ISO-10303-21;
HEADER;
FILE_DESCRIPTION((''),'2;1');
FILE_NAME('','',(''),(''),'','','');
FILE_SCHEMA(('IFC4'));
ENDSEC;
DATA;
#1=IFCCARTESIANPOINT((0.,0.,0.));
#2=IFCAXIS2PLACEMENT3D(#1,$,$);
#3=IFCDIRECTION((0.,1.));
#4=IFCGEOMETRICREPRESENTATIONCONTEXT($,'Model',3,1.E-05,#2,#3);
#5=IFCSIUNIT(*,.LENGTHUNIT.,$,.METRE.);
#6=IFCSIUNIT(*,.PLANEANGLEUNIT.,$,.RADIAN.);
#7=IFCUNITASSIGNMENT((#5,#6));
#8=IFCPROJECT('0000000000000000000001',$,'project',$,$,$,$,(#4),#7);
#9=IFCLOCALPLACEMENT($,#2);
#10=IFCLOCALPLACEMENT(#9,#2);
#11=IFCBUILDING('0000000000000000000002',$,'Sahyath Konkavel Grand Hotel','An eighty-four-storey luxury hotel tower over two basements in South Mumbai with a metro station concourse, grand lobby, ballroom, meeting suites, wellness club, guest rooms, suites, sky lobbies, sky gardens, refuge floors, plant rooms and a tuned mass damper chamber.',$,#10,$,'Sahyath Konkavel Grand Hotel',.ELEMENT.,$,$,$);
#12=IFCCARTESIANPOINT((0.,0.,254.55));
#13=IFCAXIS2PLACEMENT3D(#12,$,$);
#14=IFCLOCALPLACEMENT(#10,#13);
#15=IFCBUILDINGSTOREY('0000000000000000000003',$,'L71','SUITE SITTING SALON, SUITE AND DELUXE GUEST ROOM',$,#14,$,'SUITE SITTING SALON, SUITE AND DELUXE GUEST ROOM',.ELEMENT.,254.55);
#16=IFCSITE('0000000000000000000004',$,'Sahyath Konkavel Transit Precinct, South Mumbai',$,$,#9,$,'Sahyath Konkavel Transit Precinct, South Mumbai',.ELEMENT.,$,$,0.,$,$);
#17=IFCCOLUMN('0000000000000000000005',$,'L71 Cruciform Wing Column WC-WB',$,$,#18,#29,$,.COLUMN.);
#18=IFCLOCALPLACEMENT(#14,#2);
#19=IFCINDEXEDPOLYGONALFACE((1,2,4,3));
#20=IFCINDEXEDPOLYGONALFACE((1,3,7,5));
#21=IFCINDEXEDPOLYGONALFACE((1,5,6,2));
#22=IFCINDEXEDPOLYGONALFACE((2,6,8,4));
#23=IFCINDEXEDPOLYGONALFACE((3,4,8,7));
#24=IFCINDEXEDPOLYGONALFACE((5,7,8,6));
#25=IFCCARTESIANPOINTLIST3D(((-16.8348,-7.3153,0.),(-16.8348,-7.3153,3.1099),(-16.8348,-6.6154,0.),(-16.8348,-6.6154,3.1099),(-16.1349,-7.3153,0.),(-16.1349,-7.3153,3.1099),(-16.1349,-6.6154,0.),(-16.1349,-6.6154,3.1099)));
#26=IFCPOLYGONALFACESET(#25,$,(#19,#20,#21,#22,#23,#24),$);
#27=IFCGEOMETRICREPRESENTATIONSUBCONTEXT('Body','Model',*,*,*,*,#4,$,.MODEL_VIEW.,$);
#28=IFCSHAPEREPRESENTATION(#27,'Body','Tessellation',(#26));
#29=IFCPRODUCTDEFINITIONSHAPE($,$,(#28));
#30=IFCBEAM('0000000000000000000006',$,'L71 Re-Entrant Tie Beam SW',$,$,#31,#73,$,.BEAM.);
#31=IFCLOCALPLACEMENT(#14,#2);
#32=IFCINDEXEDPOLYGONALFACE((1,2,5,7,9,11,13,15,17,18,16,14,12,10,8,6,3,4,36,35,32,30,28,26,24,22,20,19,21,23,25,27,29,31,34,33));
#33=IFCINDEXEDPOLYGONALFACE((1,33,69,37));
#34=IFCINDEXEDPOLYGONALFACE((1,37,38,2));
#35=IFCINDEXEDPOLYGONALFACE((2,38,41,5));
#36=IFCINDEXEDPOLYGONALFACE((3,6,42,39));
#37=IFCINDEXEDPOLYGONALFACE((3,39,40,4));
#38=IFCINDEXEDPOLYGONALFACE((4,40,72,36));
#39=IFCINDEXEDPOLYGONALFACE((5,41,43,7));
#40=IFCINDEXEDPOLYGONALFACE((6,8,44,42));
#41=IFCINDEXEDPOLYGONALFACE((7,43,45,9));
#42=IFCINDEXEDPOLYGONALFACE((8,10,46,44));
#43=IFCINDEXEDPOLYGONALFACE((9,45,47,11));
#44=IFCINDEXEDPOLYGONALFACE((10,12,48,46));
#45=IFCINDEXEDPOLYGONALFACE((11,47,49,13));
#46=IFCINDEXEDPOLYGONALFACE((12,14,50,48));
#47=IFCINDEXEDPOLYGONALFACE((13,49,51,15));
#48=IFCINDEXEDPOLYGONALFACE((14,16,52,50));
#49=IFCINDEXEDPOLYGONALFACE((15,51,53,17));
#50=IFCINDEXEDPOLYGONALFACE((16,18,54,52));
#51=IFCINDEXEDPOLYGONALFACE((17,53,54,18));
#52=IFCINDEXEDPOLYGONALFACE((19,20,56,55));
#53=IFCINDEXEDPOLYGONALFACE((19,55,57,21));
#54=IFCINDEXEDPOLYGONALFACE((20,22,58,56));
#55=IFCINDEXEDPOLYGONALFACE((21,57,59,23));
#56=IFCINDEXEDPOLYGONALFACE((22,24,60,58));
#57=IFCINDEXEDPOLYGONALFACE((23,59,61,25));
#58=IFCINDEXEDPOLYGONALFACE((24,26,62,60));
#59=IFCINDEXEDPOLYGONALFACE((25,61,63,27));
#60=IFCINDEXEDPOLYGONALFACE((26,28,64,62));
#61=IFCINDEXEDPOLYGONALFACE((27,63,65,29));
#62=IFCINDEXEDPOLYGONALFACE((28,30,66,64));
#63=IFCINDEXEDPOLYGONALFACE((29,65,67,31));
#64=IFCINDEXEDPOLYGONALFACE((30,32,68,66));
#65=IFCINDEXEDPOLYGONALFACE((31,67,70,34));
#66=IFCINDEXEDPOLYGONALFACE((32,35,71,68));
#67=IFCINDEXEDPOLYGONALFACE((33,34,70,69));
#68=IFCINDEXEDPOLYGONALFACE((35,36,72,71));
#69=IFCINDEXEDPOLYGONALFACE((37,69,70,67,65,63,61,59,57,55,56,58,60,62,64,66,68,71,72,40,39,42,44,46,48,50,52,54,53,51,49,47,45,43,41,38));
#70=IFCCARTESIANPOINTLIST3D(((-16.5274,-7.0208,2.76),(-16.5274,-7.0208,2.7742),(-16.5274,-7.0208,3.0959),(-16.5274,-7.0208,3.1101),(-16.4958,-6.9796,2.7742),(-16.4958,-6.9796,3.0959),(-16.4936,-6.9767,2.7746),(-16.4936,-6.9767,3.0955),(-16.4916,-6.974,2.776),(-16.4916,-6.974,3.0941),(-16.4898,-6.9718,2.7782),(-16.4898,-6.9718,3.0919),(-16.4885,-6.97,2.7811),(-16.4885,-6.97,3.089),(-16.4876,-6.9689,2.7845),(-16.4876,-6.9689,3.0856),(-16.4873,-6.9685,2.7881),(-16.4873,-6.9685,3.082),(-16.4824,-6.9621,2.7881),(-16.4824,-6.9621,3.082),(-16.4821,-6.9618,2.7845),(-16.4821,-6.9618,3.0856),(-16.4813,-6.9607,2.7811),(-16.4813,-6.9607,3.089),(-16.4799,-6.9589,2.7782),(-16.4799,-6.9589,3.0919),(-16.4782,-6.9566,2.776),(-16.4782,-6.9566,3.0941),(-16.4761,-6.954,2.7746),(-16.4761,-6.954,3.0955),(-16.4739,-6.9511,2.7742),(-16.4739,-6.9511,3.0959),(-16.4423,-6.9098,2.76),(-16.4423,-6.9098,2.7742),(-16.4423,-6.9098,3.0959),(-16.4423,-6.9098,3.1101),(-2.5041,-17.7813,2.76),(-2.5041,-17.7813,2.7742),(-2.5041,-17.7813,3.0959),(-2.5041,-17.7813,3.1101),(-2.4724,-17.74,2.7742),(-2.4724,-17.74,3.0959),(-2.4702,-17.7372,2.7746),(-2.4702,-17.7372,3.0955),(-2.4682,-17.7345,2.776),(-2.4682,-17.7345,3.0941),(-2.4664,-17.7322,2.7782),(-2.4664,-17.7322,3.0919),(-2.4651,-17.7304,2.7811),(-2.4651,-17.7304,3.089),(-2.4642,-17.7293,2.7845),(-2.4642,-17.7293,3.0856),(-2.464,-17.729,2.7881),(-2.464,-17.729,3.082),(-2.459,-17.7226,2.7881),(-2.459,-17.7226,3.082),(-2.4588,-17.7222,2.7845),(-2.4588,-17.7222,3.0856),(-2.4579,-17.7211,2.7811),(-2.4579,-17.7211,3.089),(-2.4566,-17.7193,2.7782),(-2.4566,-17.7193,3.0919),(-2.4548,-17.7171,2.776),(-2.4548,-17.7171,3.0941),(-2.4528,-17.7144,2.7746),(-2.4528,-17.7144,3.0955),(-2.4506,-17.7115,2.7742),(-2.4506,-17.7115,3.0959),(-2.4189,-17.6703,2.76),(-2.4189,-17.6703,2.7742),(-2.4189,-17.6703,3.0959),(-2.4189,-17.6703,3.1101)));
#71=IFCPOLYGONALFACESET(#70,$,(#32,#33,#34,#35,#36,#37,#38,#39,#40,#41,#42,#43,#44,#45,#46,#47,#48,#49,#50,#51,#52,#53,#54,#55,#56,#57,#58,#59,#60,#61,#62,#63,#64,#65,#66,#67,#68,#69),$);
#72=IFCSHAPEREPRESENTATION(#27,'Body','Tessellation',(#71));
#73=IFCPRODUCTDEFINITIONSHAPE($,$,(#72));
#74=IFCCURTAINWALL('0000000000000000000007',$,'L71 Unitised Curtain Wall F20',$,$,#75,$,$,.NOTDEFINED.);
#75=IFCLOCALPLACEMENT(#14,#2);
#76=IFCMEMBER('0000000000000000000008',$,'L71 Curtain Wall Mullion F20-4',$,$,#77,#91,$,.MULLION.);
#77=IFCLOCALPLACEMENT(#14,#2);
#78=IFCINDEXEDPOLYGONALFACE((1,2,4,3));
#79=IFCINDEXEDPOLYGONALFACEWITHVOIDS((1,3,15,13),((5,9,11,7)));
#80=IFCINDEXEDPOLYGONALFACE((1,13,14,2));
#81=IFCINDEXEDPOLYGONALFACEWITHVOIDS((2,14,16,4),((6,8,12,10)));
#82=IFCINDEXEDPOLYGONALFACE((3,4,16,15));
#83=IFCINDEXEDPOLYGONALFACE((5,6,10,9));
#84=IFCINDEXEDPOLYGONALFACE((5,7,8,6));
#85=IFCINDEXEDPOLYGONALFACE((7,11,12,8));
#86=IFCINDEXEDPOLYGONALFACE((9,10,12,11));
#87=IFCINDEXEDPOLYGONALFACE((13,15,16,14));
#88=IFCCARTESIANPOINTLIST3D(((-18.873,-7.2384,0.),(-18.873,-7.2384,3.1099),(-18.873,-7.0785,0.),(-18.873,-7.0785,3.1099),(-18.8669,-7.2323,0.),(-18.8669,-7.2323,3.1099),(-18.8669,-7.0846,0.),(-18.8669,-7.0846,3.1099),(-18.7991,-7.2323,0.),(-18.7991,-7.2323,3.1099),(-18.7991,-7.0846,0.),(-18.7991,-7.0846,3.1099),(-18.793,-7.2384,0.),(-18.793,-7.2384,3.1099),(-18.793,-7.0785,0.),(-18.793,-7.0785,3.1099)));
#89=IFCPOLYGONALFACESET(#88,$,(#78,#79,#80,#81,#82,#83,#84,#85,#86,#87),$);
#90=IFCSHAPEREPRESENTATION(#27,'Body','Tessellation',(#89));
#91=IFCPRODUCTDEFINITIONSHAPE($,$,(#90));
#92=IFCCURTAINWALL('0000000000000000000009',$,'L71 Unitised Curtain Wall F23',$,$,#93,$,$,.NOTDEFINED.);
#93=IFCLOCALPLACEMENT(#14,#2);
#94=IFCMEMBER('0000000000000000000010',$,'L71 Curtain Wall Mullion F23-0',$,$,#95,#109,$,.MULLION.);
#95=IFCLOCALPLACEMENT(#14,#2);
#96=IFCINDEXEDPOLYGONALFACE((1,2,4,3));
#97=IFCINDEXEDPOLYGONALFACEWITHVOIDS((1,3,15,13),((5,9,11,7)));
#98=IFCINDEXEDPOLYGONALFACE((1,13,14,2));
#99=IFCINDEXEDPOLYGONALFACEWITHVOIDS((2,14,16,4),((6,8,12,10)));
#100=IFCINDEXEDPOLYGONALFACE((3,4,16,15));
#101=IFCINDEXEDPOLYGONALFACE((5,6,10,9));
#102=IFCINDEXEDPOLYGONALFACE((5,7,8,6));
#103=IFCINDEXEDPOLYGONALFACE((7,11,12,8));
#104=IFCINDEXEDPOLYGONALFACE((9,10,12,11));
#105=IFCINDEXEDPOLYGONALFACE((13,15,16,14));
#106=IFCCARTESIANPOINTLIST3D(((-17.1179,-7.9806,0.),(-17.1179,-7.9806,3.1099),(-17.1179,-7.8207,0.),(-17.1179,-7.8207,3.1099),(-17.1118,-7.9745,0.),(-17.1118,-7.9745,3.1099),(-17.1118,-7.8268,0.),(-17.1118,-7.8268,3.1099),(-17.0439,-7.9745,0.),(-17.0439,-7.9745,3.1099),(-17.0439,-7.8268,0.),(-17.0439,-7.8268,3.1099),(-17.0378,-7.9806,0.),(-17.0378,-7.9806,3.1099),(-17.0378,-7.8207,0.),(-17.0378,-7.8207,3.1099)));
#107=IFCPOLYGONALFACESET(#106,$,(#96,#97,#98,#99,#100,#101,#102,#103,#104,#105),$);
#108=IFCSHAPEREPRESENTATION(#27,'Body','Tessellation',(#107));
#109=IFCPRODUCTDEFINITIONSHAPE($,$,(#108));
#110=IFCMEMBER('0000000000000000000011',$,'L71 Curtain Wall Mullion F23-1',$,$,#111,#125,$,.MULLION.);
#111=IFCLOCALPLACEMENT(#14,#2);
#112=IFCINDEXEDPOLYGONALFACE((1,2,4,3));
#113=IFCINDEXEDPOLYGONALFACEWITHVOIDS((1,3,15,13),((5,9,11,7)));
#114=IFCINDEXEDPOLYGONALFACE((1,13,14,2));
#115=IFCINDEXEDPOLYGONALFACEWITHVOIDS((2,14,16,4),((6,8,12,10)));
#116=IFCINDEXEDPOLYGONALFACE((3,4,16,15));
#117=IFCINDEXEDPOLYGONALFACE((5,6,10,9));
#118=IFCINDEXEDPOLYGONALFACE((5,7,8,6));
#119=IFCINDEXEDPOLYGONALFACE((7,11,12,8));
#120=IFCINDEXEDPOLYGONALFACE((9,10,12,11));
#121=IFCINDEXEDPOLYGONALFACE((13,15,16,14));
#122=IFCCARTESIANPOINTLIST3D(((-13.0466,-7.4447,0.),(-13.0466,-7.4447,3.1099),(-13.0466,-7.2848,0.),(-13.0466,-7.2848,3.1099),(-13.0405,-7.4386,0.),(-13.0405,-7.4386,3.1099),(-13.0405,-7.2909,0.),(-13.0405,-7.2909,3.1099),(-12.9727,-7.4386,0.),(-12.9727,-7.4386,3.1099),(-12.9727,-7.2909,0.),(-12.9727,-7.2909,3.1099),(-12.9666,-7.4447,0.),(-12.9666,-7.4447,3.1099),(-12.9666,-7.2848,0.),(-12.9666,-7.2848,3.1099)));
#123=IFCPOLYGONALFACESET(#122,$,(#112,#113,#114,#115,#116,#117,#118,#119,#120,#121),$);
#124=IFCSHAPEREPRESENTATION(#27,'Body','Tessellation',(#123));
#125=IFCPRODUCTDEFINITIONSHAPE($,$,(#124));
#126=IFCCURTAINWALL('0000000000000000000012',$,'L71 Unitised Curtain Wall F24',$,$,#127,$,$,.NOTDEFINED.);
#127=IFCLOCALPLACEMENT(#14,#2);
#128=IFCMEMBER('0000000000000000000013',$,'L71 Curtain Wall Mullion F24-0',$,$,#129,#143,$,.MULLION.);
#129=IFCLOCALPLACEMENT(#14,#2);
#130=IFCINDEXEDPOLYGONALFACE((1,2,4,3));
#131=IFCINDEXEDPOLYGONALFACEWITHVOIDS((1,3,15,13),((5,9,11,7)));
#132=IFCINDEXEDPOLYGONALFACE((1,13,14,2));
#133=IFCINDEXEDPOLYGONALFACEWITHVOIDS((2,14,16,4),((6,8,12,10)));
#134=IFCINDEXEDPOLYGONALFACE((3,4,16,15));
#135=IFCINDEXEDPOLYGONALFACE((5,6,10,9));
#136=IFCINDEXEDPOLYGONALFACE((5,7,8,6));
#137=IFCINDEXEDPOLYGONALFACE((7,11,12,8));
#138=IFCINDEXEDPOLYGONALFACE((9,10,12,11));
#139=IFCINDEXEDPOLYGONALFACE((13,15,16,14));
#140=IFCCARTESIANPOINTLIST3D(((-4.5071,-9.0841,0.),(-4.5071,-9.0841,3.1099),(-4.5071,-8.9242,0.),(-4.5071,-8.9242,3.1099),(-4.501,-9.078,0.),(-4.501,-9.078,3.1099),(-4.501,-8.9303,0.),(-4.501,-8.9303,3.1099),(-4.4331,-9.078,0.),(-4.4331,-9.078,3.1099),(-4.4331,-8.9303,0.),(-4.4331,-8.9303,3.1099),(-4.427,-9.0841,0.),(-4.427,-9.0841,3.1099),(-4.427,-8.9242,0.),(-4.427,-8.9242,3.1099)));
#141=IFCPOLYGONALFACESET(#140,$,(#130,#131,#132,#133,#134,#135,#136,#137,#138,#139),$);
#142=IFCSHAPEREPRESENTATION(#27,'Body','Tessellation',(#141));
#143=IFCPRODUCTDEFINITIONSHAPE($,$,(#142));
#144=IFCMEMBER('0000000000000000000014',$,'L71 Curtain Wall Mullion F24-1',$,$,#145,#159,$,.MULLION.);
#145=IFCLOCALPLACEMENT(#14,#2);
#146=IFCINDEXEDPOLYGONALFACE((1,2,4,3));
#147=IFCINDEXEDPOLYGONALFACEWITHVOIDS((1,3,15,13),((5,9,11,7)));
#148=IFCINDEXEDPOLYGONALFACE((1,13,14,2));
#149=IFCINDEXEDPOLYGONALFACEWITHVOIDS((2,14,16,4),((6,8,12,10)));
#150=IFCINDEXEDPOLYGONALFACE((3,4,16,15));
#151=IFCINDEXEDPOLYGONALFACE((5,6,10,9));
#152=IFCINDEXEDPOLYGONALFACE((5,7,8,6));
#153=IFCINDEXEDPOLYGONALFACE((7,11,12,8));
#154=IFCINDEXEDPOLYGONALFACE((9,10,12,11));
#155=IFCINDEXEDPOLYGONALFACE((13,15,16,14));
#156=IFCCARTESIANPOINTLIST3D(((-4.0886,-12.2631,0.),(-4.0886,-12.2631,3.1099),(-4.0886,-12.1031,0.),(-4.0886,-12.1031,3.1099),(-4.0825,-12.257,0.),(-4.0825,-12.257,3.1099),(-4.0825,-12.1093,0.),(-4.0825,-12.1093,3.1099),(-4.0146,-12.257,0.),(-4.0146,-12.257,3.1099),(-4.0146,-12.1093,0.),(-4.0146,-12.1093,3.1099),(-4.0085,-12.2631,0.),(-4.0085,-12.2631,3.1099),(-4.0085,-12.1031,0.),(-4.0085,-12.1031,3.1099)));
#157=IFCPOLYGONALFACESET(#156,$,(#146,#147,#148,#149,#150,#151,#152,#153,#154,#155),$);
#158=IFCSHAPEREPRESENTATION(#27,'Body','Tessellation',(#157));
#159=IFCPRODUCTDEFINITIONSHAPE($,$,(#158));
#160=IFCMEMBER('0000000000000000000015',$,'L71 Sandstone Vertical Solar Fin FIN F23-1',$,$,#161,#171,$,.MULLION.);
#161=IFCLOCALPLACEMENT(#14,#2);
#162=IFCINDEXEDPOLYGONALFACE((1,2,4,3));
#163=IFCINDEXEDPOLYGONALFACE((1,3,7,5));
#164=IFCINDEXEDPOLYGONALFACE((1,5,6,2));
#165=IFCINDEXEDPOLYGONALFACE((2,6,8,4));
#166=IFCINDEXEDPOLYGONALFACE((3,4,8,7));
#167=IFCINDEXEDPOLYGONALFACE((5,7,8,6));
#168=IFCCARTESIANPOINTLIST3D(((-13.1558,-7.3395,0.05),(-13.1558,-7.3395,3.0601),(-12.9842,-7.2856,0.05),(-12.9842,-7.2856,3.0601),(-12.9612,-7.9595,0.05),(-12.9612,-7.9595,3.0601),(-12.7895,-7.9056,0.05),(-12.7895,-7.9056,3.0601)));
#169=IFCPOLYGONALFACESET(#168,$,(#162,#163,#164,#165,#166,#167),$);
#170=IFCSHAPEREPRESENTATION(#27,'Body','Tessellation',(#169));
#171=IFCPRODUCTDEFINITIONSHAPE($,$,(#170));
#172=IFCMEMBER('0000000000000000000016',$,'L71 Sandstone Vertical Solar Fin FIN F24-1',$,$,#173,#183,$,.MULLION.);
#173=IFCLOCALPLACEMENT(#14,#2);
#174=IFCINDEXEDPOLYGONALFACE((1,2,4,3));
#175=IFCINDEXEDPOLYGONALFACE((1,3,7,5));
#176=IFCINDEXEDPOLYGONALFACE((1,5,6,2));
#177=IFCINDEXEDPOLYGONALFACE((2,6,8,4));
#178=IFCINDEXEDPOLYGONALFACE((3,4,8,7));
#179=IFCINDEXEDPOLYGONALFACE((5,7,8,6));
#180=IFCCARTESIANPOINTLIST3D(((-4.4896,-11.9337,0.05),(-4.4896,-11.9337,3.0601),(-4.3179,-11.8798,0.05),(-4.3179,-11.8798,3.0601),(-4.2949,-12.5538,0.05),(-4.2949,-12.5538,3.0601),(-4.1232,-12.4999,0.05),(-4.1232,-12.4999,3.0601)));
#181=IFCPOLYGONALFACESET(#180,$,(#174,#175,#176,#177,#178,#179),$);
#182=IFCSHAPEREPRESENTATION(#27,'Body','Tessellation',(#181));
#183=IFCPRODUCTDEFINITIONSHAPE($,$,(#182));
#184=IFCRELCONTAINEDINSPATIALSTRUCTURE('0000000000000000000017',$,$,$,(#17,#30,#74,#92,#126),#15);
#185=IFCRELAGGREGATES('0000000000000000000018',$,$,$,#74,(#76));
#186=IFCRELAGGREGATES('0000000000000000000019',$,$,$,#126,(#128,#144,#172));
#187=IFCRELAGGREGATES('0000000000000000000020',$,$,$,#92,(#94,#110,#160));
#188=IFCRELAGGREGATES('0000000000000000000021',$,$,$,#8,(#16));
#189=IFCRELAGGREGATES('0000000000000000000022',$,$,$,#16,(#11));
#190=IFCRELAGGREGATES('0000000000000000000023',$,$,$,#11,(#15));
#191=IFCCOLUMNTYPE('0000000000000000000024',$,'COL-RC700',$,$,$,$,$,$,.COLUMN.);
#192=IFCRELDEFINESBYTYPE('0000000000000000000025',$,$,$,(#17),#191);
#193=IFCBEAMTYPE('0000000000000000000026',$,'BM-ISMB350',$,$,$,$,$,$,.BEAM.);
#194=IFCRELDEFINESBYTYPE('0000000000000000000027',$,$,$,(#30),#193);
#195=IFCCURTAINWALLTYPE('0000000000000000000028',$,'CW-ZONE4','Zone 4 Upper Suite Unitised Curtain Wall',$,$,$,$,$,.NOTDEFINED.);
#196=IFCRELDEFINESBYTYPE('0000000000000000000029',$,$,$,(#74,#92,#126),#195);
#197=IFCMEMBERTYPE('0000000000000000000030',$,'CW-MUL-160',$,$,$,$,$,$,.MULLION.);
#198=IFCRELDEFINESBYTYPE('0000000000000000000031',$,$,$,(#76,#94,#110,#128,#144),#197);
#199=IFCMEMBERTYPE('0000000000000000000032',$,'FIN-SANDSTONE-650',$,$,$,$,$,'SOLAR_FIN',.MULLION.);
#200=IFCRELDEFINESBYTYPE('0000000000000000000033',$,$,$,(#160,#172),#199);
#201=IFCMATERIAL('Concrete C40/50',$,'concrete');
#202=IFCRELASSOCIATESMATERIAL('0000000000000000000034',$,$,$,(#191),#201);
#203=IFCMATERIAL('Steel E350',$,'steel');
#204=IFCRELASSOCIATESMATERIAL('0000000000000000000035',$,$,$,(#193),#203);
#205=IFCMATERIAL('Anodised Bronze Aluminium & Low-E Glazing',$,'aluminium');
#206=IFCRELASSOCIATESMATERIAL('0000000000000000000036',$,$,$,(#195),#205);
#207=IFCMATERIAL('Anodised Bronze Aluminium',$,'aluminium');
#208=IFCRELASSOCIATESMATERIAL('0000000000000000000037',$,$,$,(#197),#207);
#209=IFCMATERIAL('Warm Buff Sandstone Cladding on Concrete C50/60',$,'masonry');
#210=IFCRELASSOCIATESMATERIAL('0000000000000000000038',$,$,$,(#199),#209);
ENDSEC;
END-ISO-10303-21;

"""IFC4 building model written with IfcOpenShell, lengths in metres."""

from ifc_helpers import new_model, si_unit, direction, frame, origin, origin_2d, place, context, subcontext, project, spatial, rectangle, hollow_rectangle, i_section, extrude, source, transform, mapped, material, material_profile, profile_set, type_object, element, aggregate, save


model = new_model("IFC4")

# Units and contexts
model_context = context("Model", 3, precision=1e-05, world=origin(), true_north=direction((0.0, 1.0)))
body_context = subcontext(model_context, "Body", "Model", "MODEL_VIEW")
ifc_project = project(units=[si_unit("LENGTHUNIT", "METRE"), si_unit("PLANEANGLEUNIT", "RADIAN")], contexts=[model_context])

# Site, building, storey
site_placement = place(None, origin())
site = spatial("IfcSite", under=ifc_project, at=site_placement, Name="Sahyath Konkavel Transit Precinct, South Mumbai", LongName="Sahyath Konkavel Transit Precinct, South Mumbai", CompositionType="ELEMENT", RefElevation=0.0)
building_placement = place(site_placement, origin())
building = spatial("IfcBuilding", under=site, at=building_placement, Name="Sahyath Konkavel Grand Hotel", Description="An eighty-four-storey luxury hotel tower over two basements in South Mumbai with a metro station concourse, grand lobby, ballroom, meeting suites, wellness club, guest rooms, suites, sky lobbies, sky gardens, refuge floors, plant rooms and a tuned mass damper chamber.", LongName="Sahyath Konkavel Grand Hotel", CompositionType="ELEMENT")
storey_placement = place(building_placement, frame((0.0, 0.0, 254.55)))
storey = spatial("IfcBuildingStorey", under=building, at=storey_placement, Name="L71", Description="SUITE SITTING SALON, SUITE AND DELUXE GUEST ROOM", LongName="SUITE SITTING SALON, SUITE AND DELUXE GUEST ROOM", CompositionType="ELEMENT", Elevation=254.55)

# Column
ifc_material_1 = material(Name="Concrete C40/50", Category="concrete")
ifc_material_profile_1 = material_profile(ifc_material_1, rectangle(XDim=0.7, YDim=0.7, at=origin_2d()), Name="RC 700x700")
ifc_profile_set_1 = profile_set([ifc_material_profile_1], Name="Concrete C40/50")
column_type = type_object("IfcColumnType", Name="COL-RC700", PredefinedType="COLUMN", material=ifc_profile_set_1)
shared_shape_1 = source(origin(), body_context, "Body", "SweptSolid", [
    extrude(rectangle(XDim=0.7, YDim=0.7, at=origin_2d()), origin(), (0.0, 0.0, 1.0), 3.1099),
])
column_placement = place(storey_placement, frame((-16.4849, -6.9653, 0.0), z_axis=(0.0, 0.0, 1.0), x_axis=(1.0, 0.0, 0.0)))
element("IfcColumn", 1, at=column_placement, inside=storey, type_object=column_type, Name="L71 Cruciform Wing Column WC-WB", PredefinedType="COLUMN", context=body_context, shape_type="MappedRepresentation", body=[
    mapped(shared_shape_1, transform((0.0, 0.0, 0.0), scale=1.0)),
])

# Beam
ifc_material_2 = material(Name="Steel E350", Category="steel")
ifc_material_profile_2 = material_profile(ifc_material_2, i_section(OverallWidth=0.1399, OverallDepth=0.3501, WebThickness=0.0081, FlangeThickness=0.0142, FilletRadius=0.0139, at=origin_2d()), Name="ISMB 350")
ifc_profile_set_2 = profile_set([ifc_material_profile_2], Name="Steel E350")
beam_type = type_object("IfcBeamType", Name="BM-ISMB350", PredefinedType="BEAM", material=ifc_profile_set_2)
shared_shape_2 = source(origin(), body_context, "Body", "SweptSolid", [
    extrude(i_section(OverallWidth=0.1399, OverallDepth=0.3501, WebThickness=0.0081, FlangeThickness=0.0142, FilletRadius=0.0139, at=origin_2d()), origin(), (0.0, 0.0, 1.0), 17.676),
])
beam_placement = place(storey_placement, frame((-16.4849, -6.9653, 2.9351), z_axis=(0.793355, -0.608759, 0.0), x_axis=(0.608759, 0.793355, 0.0)))
element("IfcBeam", 2, at=beam_placement, inside=storey, type_object=beam_type, Name="L71 Re-Entrant Tie Beam SW", PredefinedType="BEAM", context=body_context, shape_type="MappedRepresentation", body=[
    mapped(shared_shape_2, transform((0.0, 0.0, 0.0), scale=1.0)),
])

# Curtain wall, member
ifc_material_3 = material(Name="Anodised Bronze Aluminium & Low-E Glazing", Category="aluminium")
curtain_wall_type = type_object("IfcCurtainWallType", Name="CW-ZONE4", Description="Zone 4 Upper Suite Unitised Curtain Wall", PredefinedType="NOTDEFINED", material=ifc_material_3)
curtain_wall_1_placement = place(storey_placement, origin())
curtain_wall_1 = element("IfcCurtainWall", 3, at=curtain_wall_1_placement, inside=storey, type_object=curtain_wall_type, Name="L71 Unitised Curtain Wall F20", PredefinedType="NOTDEFINED")
ifc_material_4 = material(Name="Anodised Bronze Aluminium", Category="aluminium")
ifc_material_profile_3 = material_profile(ifc_material_4, hollow_rectangle(XDim=0.0801, YDim=0.1599, WallThickness=0.0061, at=origin_2d()), Name="RHS 160x80x6")
ifc_profile_set_3 = profile_set([ifc_material_profile_3], Name="Anodised Bronze Aluminium")
member_type_1 = type_object("IfcMemberType", Name="CW-MUL-160", PredefinedType="MULLION", material=ifc_profile_set_3)
shared_shape_3 = source(origin(), body_context, "Body", "SweptSolid", [
    extrude(hollow_rectangle(XDim=0.0801, YDim=0.1599, WallThickness=0.0061, at=origin_2d()), origin(), (0.0, 0.0, 1.0), 3.1099),
])
member_1_placement = place(storey_placement, frame((-18.833, -7.1584, 0.0), z_axis=(0.0, 0.0, 1.0), x_axis=(1.0, 0.0, 0.0)))
member_1 = element("IfcMember", 4, at=member_1_placement, type_object=member_type_1, Name="L71 Curtain Wall Mullion F20-4", PredefinedType="MULLION", context=body_context, shape_type="MappedRepresentation", body=[
    mapped(shared_shape_3, transform((0.0, 0.0, 0.0), scale=1.0)),
])
aggregate(curtain_wall_1, [member_1])

# Curtain walls, members
curtain_wall_2_placement = place(storey_placement, origin())
curtain_wall_2 = element("IfcCurtainWall", 5, at=curtain_wall_2_placement, inside=storey, type_object=curtain_wall_type, Name="L71 Unitised Curtain Wall F23", PredefinedType="NOTDEFINED")
member_2_placement = place(storey_placement, frame((-17.0779, -7.9006, 0.0), z_axis=(0.0, 0.0, 1.0), x_axis=(1.0, 0.0, 0.0)))
member_2 = element("IfcMember", 6, at=member_2_placement, type_object=member_type_1, Name="L71 Curtain Wall Mullion F23-0", PredefinedType="MULLION", context=body_context, shape_type="MappedRepresentation", body=[
    mapped(shared_shape_3, transform((0.0, 0.0, 0.0), scale=1.0)),
])
member_3_placement = place(storey_placement, frame((-13.0066, -7.3647, 0.0), z_axis=(0.0, 0.0, 1.0), x_axis=(1.0, 0.0, 0.0)))
member_3 = element("IfcMember", 7, at=member_3_placement, type_object=member_type_1, Name="L71 Curtain Wall Mullion F23-1", PredefinedType="MULLION", context=body_context, shape_type="MappedRepresentation", body=[
    mapped(shared_shape_3, transform((0.0, 0.0, 0.0), scale=1.0)),
])
curtain_wall_3_placement = place(storey_placement, origin())
curtain_wall_3 = element("IfcCurtainWall", 8, at=curtain_wall_3_placement, inside=storey, type_object=curtain_wall_type, Name="L71 Unitised Curtain Wall F24", PredefinedType="NOTDEFINED")
member_4_placement = place(storey_placement, frame((-4.467, -9.0042, 0.0), z_axis=(0.0, 0.0, 1.0), x_axis=(1.0, 0.0, 0.0)))
member_4 = element("IfcMember", 9, at=member_4_placement, type_object=member_type_1, Name="L71 Curtain Wall Mullion F24-0", PredefinedType="MULLION", context=body_context, shape_type="MappedRepresentation", body=[
    mapped(shared_shape_3, transform((0.0, 0.0, 0.0), scale=1.0)),
])
member_5_placement = place(storey_placement, frame((-4.0486, -12.1831, 0.0), z_axis=(0.0, 0.0, 1.0), x_axis=(1.0, 0.0, 0.0)))
member_5 = element("IfcMember", 10, at=member_5_placement, type_object=member_type_1, Name="L71 Curtain Wall Mullion F24-1", PredefinedType="MULLION", context=body_context, shape_type="MappedRepresentation", body=[
    mapped(shared_shape_3, transform((0.0, 0.0, 0.0), scale=1.0)),
])

# Members
ifc_material_5 = material(Name="Warm Buff Sandstone Cladding on Concrete C50/60", Category="masonry")
ifc_material_profile_4 = material_profile(ifc_material_5, rectangle(XDim=0.1799, YDim=0.6499, at=origin_2d()), Name="FIN 180x650")
ifc_profile_set_4 = profile_set([ifc_material_profile_4], Name="Warm Buff Sandstone Cladding on Concrete C50/60")
member_type_2 = type_object("IfcMemberType", Name="FIN-SANDSTONE-650", ElementType="SOLAR_FIN", PredefinedType="MULLION", material=ifc_profile_set_4)
shared_shape_4 = source(origin(), body_context, "Body", "SweptSolid", [
    extrude(rectangle(XDim=0.1799, YDim=0.6499, at=origin_2d()), origin(), (0.0, 0.0, 1.0), 3.01),
])
member_6_placement = place(storey_placement, frame((-12.9727, -7.6226, 0.05), z_axis=(0.0, 0.0, 1.0), x_axis=(0.954084, 0.29954, 0.0)))
member_6 = element("IfcMember", 11, at=member_6_placement, type_object=member_type_2, Name="L71 Sandstone Vertical Solar Fin FIN F23-1", PredefinedType="MULLION", context=body_context, shape_type="MappedRepresentation", body=[
    mapped(shared_shape_4, transform((0.0, 0.0, 0.0), scale=1.0)),
])
member_7_placement = place(storey_placement, frame((-4.3064, -12.2168, 0.05), z_axis=(0.0, 0.0, 1.0), x_axis=(0.954084, 0.29954, 0.0)))
member_7 = element("IfcMember", 12, at=member_7_placement, type_object=member_type_2, Name="L71 Sandstone Vertical Solar Fin FIN F24-1", PredefinedType="MULLION", context=body_context, shape_type="MappedRepresentation", body=[
    mapped(shared_shape_4, transform((0.0, 0.0, 0.0), scale=1.0)),
])

aggregate(curtain_wall_3, [member_4, member_5, member_7])
aggregate(curtain_wall_2, [member_2, member_3, member_6])

save(model, "model.ifc")
